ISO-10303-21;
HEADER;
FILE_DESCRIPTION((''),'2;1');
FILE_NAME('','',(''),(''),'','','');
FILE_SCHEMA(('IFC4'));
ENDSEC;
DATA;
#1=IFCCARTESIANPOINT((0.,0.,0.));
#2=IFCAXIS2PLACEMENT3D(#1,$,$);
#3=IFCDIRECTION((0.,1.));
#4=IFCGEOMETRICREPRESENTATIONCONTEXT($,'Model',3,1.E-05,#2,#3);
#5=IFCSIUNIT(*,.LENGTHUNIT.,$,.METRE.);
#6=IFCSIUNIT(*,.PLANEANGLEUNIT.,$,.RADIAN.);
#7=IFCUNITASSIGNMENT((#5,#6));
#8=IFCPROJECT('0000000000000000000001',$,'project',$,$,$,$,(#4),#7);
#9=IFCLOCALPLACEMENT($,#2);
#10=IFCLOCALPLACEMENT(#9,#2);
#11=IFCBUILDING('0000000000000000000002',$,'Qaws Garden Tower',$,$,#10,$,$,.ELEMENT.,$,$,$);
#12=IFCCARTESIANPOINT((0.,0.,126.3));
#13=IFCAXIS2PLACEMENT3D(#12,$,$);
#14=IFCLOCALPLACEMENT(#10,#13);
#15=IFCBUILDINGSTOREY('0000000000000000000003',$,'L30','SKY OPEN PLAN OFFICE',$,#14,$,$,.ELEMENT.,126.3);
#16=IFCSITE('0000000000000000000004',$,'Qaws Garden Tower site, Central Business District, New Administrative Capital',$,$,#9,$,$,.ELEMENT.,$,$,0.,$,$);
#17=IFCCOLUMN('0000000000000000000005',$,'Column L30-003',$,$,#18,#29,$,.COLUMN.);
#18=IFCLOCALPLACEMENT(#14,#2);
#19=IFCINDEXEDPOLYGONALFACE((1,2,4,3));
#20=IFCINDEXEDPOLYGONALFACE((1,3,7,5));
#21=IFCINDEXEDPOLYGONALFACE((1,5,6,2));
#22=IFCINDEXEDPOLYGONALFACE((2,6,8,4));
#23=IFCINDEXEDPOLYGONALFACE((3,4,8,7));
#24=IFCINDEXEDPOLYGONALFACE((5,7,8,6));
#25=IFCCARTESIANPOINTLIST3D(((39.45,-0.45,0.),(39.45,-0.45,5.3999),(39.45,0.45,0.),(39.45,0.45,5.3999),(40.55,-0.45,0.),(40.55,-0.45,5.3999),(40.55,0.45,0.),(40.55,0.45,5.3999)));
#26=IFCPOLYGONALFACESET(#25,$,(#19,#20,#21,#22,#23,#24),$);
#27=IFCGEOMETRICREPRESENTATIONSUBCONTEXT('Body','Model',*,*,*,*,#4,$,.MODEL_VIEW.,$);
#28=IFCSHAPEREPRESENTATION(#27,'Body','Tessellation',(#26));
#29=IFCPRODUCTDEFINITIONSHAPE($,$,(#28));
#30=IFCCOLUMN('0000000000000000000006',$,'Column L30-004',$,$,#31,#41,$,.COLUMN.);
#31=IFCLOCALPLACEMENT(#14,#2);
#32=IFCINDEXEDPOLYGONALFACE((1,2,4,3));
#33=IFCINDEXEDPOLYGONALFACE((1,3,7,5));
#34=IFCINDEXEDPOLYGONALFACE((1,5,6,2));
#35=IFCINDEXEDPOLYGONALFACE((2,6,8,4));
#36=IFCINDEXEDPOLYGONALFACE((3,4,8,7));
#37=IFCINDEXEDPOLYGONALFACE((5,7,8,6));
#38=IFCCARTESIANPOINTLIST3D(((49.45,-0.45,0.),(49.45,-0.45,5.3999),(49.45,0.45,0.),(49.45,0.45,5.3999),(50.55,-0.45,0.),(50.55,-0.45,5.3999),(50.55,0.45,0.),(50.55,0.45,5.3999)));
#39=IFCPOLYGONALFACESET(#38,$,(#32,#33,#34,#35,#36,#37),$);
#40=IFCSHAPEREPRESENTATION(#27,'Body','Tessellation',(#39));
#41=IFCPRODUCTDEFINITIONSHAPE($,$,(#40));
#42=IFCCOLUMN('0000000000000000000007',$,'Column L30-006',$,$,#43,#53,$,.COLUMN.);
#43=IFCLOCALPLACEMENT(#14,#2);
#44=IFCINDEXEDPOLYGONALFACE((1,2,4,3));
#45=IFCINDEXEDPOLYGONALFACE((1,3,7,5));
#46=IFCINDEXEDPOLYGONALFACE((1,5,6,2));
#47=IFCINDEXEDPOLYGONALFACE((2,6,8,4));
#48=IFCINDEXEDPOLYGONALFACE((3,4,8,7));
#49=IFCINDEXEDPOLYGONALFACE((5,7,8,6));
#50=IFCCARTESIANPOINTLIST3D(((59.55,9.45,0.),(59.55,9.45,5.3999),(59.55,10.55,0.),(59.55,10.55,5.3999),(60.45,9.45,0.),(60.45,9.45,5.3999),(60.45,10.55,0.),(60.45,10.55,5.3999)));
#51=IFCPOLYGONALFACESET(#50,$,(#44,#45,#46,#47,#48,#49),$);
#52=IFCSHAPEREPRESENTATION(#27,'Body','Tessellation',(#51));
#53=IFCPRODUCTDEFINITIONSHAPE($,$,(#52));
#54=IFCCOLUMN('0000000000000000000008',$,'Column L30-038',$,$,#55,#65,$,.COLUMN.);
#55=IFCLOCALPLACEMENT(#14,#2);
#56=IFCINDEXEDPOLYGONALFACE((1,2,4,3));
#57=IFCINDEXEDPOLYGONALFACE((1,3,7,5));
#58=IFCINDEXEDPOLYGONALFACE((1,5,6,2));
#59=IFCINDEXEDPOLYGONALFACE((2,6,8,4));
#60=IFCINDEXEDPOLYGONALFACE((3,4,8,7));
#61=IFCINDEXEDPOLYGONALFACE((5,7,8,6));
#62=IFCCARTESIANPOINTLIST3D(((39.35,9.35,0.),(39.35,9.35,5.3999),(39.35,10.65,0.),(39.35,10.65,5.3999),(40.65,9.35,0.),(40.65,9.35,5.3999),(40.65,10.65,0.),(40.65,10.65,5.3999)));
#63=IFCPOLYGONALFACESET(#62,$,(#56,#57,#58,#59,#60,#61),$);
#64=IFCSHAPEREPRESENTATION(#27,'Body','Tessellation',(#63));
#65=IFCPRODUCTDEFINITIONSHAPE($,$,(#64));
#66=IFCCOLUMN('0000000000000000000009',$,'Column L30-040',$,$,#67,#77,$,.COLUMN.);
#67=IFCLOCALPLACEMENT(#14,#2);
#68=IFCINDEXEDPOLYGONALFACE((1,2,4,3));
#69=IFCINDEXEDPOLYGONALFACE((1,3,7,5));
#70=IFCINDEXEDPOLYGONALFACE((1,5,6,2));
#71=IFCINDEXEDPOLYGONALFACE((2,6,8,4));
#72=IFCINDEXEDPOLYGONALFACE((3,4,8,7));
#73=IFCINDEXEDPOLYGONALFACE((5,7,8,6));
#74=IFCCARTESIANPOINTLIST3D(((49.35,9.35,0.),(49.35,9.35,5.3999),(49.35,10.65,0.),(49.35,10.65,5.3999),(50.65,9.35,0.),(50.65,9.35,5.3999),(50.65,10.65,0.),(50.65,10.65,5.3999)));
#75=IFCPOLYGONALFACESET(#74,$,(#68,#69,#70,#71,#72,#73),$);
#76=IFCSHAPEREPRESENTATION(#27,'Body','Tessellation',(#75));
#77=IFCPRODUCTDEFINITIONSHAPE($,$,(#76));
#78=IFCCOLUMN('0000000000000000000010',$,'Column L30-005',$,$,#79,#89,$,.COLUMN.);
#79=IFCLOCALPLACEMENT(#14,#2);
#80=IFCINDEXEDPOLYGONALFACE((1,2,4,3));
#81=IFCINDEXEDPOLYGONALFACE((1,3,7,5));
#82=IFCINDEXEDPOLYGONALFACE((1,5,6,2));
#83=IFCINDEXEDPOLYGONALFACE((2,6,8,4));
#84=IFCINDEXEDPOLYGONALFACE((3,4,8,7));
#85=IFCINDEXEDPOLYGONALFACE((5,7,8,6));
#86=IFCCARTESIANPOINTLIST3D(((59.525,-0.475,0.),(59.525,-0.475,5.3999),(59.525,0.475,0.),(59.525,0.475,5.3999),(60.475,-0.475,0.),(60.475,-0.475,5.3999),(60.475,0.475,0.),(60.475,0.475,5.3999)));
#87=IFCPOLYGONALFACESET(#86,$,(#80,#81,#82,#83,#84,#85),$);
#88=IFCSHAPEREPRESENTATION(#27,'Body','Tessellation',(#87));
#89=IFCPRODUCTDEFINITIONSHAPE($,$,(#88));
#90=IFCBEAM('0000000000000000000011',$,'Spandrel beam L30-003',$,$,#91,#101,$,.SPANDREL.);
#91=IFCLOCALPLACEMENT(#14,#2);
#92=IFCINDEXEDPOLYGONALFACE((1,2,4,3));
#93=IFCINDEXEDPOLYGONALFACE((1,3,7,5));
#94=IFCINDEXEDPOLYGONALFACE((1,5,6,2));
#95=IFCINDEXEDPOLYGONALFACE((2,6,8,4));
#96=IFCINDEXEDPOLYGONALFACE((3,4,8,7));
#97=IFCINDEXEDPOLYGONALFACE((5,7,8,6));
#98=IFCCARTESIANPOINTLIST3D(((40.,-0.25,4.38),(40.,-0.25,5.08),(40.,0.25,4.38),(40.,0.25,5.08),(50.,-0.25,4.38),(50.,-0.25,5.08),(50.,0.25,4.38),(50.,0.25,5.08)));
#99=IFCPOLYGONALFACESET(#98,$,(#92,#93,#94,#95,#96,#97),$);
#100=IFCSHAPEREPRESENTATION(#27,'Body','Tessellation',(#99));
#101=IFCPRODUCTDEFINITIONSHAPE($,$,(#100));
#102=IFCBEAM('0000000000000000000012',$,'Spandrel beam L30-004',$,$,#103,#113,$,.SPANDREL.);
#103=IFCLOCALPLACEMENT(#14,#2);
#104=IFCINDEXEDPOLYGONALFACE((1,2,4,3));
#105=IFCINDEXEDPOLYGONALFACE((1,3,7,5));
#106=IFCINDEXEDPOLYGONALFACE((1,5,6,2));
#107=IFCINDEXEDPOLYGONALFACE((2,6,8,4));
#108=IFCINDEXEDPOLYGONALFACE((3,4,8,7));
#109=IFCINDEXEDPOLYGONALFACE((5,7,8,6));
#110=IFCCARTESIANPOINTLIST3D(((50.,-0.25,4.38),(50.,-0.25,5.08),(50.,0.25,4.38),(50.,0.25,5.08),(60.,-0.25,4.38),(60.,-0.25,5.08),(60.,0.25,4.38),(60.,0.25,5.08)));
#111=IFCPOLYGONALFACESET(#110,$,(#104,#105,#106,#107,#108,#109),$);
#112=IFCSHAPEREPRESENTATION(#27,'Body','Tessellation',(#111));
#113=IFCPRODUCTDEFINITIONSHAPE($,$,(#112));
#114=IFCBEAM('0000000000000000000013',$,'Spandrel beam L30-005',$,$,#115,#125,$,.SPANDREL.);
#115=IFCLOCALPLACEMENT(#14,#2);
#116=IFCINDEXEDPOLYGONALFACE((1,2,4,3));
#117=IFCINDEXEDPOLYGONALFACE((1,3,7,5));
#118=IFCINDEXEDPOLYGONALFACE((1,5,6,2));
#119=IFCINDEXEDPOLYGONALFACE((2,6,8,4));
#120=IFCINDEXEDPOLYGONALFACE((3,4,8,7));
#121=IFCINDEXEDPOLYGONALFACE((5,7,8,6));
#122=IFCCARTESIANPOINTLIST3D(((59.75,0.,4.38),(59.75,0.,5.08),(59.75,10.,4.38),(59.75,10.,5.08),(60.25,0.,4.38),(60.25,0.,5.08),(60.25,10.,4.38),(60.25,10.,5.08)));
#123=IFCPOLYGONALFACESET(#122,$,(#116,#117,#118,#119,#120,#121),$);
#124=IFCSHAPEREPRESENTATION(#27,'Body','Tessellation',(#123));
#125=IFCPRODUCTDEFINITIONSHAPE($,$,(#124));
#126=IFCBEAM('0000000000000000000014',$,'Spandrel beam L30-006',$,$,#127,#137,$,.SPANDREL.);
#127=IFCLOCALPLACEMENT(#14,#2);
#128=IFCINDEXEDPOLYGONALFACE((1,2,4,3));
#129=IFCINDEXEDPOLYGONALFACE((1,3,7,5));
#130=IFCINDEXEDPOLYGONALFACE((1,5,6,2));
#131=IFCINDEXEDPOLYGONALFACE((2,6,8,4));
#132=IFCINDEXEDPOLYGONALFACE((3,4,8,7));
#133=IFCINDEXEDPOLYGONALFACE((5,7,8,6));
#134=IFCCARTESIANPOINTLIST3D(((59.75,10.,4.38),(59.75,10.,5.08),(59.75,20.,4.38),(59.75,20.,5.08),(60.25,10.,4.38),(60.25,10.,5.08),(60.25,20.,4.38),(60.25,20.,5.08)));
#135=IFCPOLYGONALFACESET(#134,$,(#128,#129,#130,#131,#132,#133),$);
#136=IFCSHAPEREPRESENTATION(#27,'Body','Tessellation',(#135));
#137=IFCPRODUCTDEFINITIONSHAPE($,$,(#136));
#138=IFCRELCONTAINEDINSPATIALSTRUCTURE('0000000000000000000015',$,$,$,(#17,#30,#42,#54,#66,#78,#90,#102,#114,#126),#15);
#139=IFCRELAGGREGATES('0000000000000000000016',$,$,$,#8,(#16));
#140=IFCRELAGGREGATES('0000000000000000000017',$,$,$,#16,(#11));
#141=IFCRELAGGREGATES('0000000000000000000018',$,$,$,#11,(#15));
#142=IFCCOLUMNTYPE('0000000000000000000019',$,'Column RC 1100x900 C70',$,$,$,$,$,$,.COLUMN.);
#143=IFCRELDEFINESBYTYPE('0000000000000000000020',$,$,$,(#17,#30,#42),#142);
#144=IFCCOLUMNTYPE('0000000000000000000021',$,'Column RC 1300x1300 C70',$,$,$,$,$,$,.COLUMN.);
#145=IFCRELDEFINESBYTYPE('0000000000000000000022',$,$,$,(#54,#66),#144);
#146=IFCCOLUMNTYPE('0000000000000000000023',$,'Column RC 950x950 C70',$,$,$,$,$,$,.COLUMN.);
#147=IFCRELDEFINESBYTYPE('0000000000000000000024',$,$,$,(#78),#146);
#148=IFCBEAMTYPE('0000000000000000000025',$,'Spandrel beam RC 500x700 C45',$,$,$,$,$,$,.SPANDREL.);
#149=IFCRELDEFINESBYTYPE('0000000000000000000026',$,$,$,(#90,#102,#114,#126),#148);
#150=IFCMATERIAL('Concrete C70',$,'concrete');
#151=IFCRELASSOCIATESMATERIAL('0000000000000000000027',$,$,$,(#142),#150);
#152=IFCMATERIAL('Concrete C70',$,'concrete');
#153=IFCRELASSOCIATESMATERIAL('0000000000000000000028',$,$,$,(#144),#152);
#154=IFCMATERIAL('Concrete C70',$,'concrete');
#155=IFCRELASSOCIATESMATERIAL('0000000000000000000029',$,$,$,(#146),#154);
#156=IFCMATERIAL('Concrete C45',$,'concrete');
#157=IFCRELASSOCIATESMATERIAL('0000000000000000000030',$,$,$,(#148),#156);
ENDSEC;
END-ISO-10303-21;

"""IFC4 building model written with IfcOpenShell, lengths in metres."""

from ifc_helpers import new_model, si_unit, direction, frame, origin, origin_2d, place, context, subcontext, project, spatial, rectangle, extrude, material, material_profile, profile_set, type_object, element, save


model = new_model("IFC4")

# Units and contexts
model_context = context("Model", 3, precision=1e-05, world=origin(), true_north=direction((0.0, 1.0)))
body_context = subcontext(model_context, "Body", "Model", "MODEL_VIEW")
ifc_project = project(units=[si_unit("LENGTHUNIT", "METRE"), si_unit("PLANEANGLEUNIT", "RADIAN")], contexts=[model_context])

# Site, building, storey
site_placement = place(None, origin())
site = spatial("IfcSite", under=ifc_project, at=site_placement, Name="Qaws Garden Tower site, Central Business District, New Administrative Capital", CompositionType="ELEMENT", RefElevation=0.0)
building_placement = place(site_placement, origin())
building = spatial("IfcBuilding", under=site, at=building_placement, Name="Qaws Garden Tower", CompositionType="ELEMENT")
storey_placement = place(building_placement, frame((0.0, 0.0, 126.3)))
storey = spatial("IfcBuildingStorey", under=building, at=storey_placement, Name="L30", Description="SKY OPEN PLAN OFFICE", CompositionType="ELEMENT", Elevation=126.3)

# Columns
ifc_material_1 = material(Name="Concrete C70", Category="concrete")
ifc_material_profile_1 = material_profile(ifc_material_1, rectangle(XDim=1.1001, YDim=0.8999, at=origin_2d()), Name="RC 1100x900")
ifc_profile_set_1 = profile_set([ifc_material_profile_1], Name="Concrete C70")
column_type_1 = type_object("IfcColumnType", Name="Column RC 1100x900 C70", PredefinedType="COLUMN", material=ifc_profile_set_1)
for number, where, z_axis, x_axis, name in (
    (1, (40.0, 0.0, 0.0), (0.0, 0.0, 1.0), (1.0, 0.0, 0.0), "Column L30-003"),
    (2, (50.0, 0.0, 0.0), (0.0, 0.0, 1.0), (1.0, 0.0, 0.0), "Column L30-004"),
    (3, (60.0, 10.0, 0.0), (0.0, 0.0, 1.0), (0.0, 1.0, 0.0), "Column L30-006"),
):
    element("IfcColumn", number, at=place(storey_placement, frame(where, z_axis=z_axis, x_axis=x_axis)), inside=storey, type_object=column_type_1, Name=name, PredefinedType="COLUMN", context=body_context, shape_type="SweptSolid", body=[
        extrude(rectangle(XDim=1.1001, YDim=0.8999, at=origin_2d()), origin(), (0.0, 0.0, 1.0), 5.3999),
    ])
ifc_material_2 = material(Name="Concrete C70", Category="concrete")
ifc_material_profile_2 = material_profile(ifc_material_2, rectangle(XDim=1.3, YDim=1.3, at=origin_2d()), Name="RC 1300x1300")
ifc_profile_set_2 = profile_set([ifc_material_profile_2], Name="Concrete C70")
column_type_2 = type_object("IfcColumnType", Name="Column RC 1300x1300 C70", PredefinedType="COLUMN", material=ifc_profile_set_2)
for number, where, z_axis, x_axis, name in (
    (4, (40.0, 10.0, 0.0), (0.0, 0.0, 1.0), (1.0, 0.0, 0.0), "Column L30-038"),
    (5, (50.0, 10.0, 0.0), (0.0, 0.0, 1.0), (1.0, 0.0, 0.0), "Column L30-040"),
):
    element("IfcColumn", number, at=place(storey_placement, frame(where, z_axis=z_axis, x_axis=x_axis)), inside=storey, type_object=column_type_2, Name=name, PredefinedType="COLUMN", context=body_context, shape_type="SweptSolid", body=[
        extrude(rectangle(XDim=1.3, YDim=1.3, at=origin_2d()), origin(), (0.0, 0.0, 1.0), 5.3999),
    ])
ifc_material_3 = material(Name="Concrete C70", Category="concrete")
ifc_material_profile_3 = material_profile(ifc_material_3, rectangle(XDim=0.95, YDim=0.95, at=origin_2d()), Name="RC 950x950")
ifc_profile_set_3 = profile_set([ifc_material_profile_3], Name="Concrete C70")
column_type_3 = type_object("IfcColumnType", Name="Column RC 950x950 C70", PredefinedType="COLUMN", material=ifc_profile_set_3)
column_placement = place(storey_placement, frame((60.0, 0.0, 0.0), z_axis=(0.0, 0.0, 1.0), x_axis=(1.0, 0.0, 0.0)))
element("IfcColumn", 6, at=column_placement, inside=storey, type_object=column_type_3, Name="Column L30-005", PredefinedType="COLUMN", context=body_context, shape_type="SweptSolid", body=[
    extrude(rectangle(XDim=0.95, YDim=0.95, at=origin_2d()), origin(), (0.0, 0.0, 1.0), 5.3999),
])

# Beams
ifc_material_4 = material(Name="Concrete C45", Category="concrete")
ifc_material_profile_4 = material_profile(ifc_material_4, rectangle(XDim=0.5, YDim=0.7, at=origin_2d()), Name="RC 500x700")
ifc_profile_set_4 = profile_set([ifc_material_profile_4], Name="Concrete C45")
beam_type = type_object("IfcBeamType", Name="Spandrel beam RC 500x700 C45", PredefinedType="SPANDREL", material=ifc_profile_set_4)
for number, where, z_axis, x_axis, name in (
    (7, (40.0, 0.0, 4.73), (1.0, 0.0, 0.0), (0.0, 1.0, 0.0), "Spandrel beam L30-003"),
    (8, (50.0, 0.0, 4.73), (1.0, 0.0, 0.0), (0.0, 1.0, 0.0), "Spandrel beam L30-004"),
    (9, (60.0, 0.0, 4.73), (0.0, 1.0, 0.0), (-1.0, 0.0, 0.0), "Spandrel beam L30-005"),
    (10, (60.0, 10.0, 4.73), (0.0, 1.0, 0.0), (-1.0, 0.0, 0.0), "Spandrel beam L30-006"),
):
    element("IfcBeam", number, at=place(storey_placement, frame(where, z_axis=z_axis, x_axis=x_axis)), inside=storey, type_object=beam_type, Name=name, PredefinedType="SPANDREL", context=body_context, shape_type="SweptSolid", body=[
        extrude(rectangle(XDim=0.5, YDim=0.7, at=origin_2d()), origin(), (0.0, 0.0, 1.0), 10.0),
    ])

save(model, "model.ifc")
